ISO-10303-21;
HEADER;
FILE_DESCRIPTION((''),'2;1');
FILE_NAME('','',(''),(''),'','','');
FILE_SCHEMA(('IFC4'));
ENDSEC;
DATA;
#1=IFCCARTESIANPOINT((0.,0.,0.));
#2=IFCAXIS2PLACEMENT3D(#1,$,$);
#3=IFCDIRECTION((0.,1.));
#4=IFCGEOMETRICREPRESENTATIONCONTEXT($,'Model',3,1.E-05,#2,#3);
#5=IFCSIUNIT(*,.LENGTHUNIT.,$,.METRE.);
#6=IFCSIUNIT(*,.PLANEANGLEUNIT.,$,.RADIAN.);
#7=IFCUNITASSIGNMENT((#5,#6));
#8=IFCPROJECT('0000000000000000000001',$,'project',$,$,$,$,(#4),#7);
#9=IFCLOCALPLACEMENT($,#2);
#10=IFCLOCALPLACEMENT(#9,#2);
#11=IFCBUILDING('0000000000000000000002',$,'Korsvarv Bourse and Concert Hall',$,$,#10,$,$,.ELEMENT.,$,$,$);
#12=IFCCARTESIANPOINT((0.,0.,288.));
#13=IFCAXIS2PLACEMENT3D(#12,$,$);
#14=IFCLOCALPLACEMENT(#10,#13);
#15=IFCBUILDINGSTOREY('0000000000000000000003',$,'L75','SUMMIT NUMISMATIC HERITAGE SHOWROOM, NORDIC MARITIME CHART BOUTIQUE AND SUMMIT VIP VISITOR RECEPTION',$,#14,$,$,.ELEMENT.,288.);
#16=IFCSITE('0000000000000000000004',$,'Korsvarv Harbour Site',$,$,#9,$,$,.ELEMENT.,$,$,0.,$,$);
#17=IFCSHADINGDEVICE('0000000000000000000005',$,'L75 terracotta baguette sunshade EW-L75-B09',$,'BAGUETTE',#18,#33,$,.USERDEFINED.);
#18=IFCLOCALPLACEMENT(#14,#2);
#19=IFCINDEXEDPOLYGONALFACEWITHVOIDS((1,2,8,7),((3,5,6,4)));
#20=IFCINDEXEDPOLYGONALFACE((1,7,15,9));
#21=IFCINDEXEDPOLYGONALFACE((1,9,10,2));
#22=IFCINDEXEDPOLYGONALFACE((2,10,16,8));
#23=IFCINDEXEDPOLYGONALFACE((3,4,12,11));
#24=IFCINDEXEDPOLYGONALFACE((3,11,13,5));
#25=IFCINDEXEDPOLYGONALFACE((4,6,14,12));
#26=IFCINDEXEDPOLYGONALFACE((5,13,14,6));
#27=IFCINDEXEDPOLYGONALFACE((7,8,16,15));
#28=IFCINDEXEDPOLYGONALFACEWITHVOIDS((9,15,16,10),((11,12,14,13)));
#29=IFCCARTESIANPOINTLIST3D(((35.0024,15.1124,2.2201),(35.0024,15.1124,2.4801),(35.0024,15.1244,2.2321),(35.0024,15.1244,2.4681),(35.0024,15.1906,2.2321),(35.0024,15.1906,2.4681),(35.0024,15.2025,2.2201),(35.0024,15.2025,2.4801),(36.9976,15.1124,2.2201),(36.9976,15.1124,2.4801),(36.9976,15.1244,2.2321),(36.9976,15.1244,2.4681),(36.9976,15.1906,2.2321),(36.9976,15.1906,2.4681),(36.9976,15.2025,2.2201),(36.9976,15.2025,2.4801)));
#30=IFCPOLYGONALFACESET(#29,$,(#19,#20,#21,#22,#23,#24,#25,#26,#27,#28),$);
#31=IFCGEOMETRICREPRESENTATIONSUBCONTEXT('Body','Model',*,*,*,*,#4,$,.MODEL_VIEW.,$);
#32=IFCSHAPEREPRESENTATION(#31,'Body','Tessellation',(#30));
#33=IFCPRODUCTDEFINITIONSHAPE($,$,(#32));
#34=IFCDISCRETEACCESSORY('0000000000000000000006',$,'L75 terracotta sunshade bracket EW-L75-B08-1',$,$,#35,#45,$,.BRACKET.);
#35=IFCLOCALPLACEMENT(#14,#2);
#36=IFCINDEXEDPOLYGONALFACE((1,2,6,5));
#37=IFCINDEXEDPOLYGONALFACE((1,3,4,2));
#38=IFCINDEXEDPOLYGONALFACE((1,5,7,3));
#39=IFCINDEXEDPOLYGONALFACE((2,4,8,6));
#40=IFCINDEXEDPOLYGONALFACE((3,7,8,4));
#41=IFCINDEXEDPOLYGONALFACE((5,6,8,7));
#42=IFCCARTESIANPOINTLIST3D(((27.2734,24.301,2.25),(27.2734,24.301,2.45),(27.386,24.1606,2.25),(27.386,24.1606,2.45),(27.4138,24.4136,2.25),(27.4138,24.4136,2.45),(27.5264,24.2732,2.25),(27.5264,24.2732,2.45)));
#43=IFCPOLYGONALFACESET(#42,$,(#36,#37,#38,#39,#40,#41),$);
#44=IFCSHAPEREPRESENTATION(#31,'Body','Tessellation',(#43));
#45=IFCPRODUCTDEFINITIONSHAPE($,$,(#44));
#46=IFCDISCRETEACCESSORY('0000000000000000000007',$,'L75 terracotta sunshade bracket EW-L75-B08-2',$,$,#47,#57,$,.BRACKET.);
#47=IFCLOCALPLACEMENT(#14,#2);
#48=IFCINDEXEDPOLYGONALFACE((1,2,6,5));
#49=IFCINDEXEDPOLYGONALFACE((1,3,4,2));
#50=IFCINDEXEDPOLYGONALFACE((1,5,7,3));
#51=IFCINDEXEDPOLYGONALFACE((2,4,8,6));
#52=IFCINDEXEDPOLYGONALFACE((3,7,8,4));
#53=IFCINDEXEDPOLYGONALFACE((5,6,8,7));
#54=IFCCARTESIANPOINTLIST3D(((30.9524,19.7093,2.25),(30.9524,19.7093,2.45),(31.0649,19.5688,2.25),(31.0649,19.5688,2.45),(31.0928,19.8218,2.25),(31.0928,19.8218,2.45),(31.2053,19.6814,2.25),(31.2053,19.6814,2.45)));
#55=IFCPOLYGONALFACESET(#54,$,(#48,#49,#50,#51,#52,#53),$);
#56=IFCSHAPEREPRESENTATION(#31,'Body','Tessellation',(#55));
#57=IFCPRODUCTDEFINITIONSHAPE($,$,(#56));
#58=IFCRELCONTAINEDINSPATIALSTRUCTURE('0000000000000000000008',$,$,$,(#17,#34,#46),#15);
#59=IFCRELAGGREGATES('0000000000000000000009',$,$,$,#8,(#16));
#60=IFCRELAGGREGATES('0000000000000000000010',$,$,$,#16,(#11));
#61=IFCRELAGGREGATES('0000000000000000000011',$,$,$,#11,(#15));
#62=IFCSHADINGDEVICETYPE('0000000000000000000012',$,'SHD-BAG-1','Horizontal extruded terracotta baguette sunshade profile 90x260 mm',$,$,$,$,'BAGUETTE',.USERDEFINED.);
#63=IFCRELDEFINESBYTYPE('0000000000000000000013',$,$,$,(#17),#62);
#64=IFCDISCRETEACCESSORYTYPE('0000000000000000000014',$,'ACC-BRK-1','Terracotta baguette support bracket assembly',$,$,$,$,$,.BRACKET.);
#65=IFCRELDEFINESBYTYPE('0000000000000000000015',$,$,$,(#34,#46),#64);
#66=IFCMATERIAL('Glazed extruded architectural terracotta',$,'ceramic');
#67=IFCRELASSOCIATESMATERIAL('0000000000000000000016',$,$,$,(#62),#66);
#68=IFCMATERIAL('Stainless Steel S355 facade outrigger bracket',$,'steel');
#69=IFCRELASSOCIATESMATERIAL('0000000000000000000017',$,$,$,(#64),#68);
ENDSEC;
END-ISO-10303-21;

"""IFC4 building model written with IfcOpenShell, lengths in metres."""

from ifc_helpers import new_model, si_unit, direction, frame, origin, origin_2d, place, context, subcontext, project, spatial, rectangle, hollow_rectangle, extrude, source, transform, mapped, material, material_profile, profile_set, type_object, element, save


model = new_model("IFC4")

# Units and contexts
model_context = context("Model", 3, precision=1e-05, world=origin(), true_north=direction((0.0, 1.0)))
body_context = subcontext(model_context, "Body", "Model", "MODEL_VIEW")
ifc_project = project(units=[si_unit("LENGTHUNIT", "METRE"), si_unit("PLANEANGLEUNIT", "RADIAN")], contexts=[model_context])

# Site, building, storey
site_placement = place(None, origin())
site = spatial("IfcSite", under=ifc_project, at=site_placement, Name="Korsvarv Harbour Site", CompositionType="ELEMENT", RefElevation=0.0)
building_placement = place(site_placement, origin())
building = spatial("IfcBuilding", under=site, at=building_placement, Name="Korsvarv Bourse and Concert Hall", CompositionType="ELEMENT")
storey_placement = place(building_placement, frame((0.0, 0.0, 288.0)))
storey = spatial("IfcBuildingStorey", under=building, at=storey_placement, Name="L75", Description="SUMMIT NUMISMATIC HERITAGE SHOWROOM, NORDIC MARITIME CHART BOUTIQUE AND SUMMIT VIP VISITOR RECEPTION", CompositionType="ELEMENT", Elevation=288.0)

# Shading device
ifc_material_1 = material(Name="Glazed extruded architectural terracotta", Category="ceramic")
ifc_material_profile_1 = material_profile(ifc_material_1, hollow_rectangle(XDim=0.0901, YDim=0.26, WallThickness=0.012, at=origin_2d()), Name="TC-BAG 90x260")
ifc_profile_set_1 = profile_set([ifc_material_profile_1], Name="Glazed extruded architectural terracotta")
shading_device_type = type_object("IfcShadingDeviceType", Name="SHD-BAG-1", Description="Horizontal extruded terracotta baguette sunshade profile 90x260 mm", ElementType="BAGUETTE", PredefinedType="USERDEFINED", material=ifc_profile_set_1)
shared_shape_1 = source(origin(), body_context, "Body", "SweptSolid", [
    extrude(hollow_rectangle(XDim=0.0901, YDim=0.26, WallThickness=0.012, at=origin_2d()), origin(), (0.0, 0.0, 1.0), 1.9951),
])
shading_device_1_placement = place(storey_placement, frame((35.0024, 15.1575, 2.3501), z_axis=(1.0, 0.0, 0.0), x_axis=(0.0, 1.0, 0.0)))
element("IfcShadingDevice", 1, at=shading_device_1_placement, inside=storey, type_object=shading_device_type, Name="L75 terracotta baguette sunshade EW-L75-B09", ObjectType="BAGUETTE", PredefinedType="USERDEFINED", context=body_context, shape_type="MappedRepresentation", body=[
    mapped(shared_shape_1, transform((0.0, 0.0, 0.0), scale=1.0)),
])

# Discrete accessories
ifc_material_2 = material(Name="Stainless Steel S355 facade outrigger bracket", Category="steel")
discrete_accessory_type = type_object("IfcDiscreteAccessoryType", Name="ACC-BRK-1", Description="Terracotta baguette support bracket assembly", PredefinedType="BRACKET", material=ifc_material_2)
shared_shape_2 = source(origin(), body_context, "Body", "SweptSolid", [
    extrude(rectangle(XDim=0.1799, YDim=0.1799, at=origin_2d()), origin(), (0.0, 0.0, 1.0), 0.2),
])
for number, where, z_axis, x_axis, name in (
    (2, (27.3999, 24.2871, 2.25), (0.0, 0.0, 1.0), (0.625379, -0.780321, 0.0), "L75 terracotta sunshade bracket EW-L75-B08-1"),
    (3, (31.0789, 19.6953, 2.25), (0.0, 0.0, 1.0), (0.625243, -0.78043, 0.0), "L75 terracotta sunshade bracket EW-L75-B08-2"),
):
    element("IfcDiscreteAccessory", number, at=place(storey_placement, frame(where, z_axis=z_axis, x_axis=x_axis)), inside=storey, type_object=discrete_accessory_type, Name=name, PredefinedType="BRACKET", context=body_context, shape_type="MappedRepresentation", body=[
        mapped(shared_shape_2, transform((0.0, 0.0, 0.0), scale=1.0)),
    ])

save(model, "model.ifc")
